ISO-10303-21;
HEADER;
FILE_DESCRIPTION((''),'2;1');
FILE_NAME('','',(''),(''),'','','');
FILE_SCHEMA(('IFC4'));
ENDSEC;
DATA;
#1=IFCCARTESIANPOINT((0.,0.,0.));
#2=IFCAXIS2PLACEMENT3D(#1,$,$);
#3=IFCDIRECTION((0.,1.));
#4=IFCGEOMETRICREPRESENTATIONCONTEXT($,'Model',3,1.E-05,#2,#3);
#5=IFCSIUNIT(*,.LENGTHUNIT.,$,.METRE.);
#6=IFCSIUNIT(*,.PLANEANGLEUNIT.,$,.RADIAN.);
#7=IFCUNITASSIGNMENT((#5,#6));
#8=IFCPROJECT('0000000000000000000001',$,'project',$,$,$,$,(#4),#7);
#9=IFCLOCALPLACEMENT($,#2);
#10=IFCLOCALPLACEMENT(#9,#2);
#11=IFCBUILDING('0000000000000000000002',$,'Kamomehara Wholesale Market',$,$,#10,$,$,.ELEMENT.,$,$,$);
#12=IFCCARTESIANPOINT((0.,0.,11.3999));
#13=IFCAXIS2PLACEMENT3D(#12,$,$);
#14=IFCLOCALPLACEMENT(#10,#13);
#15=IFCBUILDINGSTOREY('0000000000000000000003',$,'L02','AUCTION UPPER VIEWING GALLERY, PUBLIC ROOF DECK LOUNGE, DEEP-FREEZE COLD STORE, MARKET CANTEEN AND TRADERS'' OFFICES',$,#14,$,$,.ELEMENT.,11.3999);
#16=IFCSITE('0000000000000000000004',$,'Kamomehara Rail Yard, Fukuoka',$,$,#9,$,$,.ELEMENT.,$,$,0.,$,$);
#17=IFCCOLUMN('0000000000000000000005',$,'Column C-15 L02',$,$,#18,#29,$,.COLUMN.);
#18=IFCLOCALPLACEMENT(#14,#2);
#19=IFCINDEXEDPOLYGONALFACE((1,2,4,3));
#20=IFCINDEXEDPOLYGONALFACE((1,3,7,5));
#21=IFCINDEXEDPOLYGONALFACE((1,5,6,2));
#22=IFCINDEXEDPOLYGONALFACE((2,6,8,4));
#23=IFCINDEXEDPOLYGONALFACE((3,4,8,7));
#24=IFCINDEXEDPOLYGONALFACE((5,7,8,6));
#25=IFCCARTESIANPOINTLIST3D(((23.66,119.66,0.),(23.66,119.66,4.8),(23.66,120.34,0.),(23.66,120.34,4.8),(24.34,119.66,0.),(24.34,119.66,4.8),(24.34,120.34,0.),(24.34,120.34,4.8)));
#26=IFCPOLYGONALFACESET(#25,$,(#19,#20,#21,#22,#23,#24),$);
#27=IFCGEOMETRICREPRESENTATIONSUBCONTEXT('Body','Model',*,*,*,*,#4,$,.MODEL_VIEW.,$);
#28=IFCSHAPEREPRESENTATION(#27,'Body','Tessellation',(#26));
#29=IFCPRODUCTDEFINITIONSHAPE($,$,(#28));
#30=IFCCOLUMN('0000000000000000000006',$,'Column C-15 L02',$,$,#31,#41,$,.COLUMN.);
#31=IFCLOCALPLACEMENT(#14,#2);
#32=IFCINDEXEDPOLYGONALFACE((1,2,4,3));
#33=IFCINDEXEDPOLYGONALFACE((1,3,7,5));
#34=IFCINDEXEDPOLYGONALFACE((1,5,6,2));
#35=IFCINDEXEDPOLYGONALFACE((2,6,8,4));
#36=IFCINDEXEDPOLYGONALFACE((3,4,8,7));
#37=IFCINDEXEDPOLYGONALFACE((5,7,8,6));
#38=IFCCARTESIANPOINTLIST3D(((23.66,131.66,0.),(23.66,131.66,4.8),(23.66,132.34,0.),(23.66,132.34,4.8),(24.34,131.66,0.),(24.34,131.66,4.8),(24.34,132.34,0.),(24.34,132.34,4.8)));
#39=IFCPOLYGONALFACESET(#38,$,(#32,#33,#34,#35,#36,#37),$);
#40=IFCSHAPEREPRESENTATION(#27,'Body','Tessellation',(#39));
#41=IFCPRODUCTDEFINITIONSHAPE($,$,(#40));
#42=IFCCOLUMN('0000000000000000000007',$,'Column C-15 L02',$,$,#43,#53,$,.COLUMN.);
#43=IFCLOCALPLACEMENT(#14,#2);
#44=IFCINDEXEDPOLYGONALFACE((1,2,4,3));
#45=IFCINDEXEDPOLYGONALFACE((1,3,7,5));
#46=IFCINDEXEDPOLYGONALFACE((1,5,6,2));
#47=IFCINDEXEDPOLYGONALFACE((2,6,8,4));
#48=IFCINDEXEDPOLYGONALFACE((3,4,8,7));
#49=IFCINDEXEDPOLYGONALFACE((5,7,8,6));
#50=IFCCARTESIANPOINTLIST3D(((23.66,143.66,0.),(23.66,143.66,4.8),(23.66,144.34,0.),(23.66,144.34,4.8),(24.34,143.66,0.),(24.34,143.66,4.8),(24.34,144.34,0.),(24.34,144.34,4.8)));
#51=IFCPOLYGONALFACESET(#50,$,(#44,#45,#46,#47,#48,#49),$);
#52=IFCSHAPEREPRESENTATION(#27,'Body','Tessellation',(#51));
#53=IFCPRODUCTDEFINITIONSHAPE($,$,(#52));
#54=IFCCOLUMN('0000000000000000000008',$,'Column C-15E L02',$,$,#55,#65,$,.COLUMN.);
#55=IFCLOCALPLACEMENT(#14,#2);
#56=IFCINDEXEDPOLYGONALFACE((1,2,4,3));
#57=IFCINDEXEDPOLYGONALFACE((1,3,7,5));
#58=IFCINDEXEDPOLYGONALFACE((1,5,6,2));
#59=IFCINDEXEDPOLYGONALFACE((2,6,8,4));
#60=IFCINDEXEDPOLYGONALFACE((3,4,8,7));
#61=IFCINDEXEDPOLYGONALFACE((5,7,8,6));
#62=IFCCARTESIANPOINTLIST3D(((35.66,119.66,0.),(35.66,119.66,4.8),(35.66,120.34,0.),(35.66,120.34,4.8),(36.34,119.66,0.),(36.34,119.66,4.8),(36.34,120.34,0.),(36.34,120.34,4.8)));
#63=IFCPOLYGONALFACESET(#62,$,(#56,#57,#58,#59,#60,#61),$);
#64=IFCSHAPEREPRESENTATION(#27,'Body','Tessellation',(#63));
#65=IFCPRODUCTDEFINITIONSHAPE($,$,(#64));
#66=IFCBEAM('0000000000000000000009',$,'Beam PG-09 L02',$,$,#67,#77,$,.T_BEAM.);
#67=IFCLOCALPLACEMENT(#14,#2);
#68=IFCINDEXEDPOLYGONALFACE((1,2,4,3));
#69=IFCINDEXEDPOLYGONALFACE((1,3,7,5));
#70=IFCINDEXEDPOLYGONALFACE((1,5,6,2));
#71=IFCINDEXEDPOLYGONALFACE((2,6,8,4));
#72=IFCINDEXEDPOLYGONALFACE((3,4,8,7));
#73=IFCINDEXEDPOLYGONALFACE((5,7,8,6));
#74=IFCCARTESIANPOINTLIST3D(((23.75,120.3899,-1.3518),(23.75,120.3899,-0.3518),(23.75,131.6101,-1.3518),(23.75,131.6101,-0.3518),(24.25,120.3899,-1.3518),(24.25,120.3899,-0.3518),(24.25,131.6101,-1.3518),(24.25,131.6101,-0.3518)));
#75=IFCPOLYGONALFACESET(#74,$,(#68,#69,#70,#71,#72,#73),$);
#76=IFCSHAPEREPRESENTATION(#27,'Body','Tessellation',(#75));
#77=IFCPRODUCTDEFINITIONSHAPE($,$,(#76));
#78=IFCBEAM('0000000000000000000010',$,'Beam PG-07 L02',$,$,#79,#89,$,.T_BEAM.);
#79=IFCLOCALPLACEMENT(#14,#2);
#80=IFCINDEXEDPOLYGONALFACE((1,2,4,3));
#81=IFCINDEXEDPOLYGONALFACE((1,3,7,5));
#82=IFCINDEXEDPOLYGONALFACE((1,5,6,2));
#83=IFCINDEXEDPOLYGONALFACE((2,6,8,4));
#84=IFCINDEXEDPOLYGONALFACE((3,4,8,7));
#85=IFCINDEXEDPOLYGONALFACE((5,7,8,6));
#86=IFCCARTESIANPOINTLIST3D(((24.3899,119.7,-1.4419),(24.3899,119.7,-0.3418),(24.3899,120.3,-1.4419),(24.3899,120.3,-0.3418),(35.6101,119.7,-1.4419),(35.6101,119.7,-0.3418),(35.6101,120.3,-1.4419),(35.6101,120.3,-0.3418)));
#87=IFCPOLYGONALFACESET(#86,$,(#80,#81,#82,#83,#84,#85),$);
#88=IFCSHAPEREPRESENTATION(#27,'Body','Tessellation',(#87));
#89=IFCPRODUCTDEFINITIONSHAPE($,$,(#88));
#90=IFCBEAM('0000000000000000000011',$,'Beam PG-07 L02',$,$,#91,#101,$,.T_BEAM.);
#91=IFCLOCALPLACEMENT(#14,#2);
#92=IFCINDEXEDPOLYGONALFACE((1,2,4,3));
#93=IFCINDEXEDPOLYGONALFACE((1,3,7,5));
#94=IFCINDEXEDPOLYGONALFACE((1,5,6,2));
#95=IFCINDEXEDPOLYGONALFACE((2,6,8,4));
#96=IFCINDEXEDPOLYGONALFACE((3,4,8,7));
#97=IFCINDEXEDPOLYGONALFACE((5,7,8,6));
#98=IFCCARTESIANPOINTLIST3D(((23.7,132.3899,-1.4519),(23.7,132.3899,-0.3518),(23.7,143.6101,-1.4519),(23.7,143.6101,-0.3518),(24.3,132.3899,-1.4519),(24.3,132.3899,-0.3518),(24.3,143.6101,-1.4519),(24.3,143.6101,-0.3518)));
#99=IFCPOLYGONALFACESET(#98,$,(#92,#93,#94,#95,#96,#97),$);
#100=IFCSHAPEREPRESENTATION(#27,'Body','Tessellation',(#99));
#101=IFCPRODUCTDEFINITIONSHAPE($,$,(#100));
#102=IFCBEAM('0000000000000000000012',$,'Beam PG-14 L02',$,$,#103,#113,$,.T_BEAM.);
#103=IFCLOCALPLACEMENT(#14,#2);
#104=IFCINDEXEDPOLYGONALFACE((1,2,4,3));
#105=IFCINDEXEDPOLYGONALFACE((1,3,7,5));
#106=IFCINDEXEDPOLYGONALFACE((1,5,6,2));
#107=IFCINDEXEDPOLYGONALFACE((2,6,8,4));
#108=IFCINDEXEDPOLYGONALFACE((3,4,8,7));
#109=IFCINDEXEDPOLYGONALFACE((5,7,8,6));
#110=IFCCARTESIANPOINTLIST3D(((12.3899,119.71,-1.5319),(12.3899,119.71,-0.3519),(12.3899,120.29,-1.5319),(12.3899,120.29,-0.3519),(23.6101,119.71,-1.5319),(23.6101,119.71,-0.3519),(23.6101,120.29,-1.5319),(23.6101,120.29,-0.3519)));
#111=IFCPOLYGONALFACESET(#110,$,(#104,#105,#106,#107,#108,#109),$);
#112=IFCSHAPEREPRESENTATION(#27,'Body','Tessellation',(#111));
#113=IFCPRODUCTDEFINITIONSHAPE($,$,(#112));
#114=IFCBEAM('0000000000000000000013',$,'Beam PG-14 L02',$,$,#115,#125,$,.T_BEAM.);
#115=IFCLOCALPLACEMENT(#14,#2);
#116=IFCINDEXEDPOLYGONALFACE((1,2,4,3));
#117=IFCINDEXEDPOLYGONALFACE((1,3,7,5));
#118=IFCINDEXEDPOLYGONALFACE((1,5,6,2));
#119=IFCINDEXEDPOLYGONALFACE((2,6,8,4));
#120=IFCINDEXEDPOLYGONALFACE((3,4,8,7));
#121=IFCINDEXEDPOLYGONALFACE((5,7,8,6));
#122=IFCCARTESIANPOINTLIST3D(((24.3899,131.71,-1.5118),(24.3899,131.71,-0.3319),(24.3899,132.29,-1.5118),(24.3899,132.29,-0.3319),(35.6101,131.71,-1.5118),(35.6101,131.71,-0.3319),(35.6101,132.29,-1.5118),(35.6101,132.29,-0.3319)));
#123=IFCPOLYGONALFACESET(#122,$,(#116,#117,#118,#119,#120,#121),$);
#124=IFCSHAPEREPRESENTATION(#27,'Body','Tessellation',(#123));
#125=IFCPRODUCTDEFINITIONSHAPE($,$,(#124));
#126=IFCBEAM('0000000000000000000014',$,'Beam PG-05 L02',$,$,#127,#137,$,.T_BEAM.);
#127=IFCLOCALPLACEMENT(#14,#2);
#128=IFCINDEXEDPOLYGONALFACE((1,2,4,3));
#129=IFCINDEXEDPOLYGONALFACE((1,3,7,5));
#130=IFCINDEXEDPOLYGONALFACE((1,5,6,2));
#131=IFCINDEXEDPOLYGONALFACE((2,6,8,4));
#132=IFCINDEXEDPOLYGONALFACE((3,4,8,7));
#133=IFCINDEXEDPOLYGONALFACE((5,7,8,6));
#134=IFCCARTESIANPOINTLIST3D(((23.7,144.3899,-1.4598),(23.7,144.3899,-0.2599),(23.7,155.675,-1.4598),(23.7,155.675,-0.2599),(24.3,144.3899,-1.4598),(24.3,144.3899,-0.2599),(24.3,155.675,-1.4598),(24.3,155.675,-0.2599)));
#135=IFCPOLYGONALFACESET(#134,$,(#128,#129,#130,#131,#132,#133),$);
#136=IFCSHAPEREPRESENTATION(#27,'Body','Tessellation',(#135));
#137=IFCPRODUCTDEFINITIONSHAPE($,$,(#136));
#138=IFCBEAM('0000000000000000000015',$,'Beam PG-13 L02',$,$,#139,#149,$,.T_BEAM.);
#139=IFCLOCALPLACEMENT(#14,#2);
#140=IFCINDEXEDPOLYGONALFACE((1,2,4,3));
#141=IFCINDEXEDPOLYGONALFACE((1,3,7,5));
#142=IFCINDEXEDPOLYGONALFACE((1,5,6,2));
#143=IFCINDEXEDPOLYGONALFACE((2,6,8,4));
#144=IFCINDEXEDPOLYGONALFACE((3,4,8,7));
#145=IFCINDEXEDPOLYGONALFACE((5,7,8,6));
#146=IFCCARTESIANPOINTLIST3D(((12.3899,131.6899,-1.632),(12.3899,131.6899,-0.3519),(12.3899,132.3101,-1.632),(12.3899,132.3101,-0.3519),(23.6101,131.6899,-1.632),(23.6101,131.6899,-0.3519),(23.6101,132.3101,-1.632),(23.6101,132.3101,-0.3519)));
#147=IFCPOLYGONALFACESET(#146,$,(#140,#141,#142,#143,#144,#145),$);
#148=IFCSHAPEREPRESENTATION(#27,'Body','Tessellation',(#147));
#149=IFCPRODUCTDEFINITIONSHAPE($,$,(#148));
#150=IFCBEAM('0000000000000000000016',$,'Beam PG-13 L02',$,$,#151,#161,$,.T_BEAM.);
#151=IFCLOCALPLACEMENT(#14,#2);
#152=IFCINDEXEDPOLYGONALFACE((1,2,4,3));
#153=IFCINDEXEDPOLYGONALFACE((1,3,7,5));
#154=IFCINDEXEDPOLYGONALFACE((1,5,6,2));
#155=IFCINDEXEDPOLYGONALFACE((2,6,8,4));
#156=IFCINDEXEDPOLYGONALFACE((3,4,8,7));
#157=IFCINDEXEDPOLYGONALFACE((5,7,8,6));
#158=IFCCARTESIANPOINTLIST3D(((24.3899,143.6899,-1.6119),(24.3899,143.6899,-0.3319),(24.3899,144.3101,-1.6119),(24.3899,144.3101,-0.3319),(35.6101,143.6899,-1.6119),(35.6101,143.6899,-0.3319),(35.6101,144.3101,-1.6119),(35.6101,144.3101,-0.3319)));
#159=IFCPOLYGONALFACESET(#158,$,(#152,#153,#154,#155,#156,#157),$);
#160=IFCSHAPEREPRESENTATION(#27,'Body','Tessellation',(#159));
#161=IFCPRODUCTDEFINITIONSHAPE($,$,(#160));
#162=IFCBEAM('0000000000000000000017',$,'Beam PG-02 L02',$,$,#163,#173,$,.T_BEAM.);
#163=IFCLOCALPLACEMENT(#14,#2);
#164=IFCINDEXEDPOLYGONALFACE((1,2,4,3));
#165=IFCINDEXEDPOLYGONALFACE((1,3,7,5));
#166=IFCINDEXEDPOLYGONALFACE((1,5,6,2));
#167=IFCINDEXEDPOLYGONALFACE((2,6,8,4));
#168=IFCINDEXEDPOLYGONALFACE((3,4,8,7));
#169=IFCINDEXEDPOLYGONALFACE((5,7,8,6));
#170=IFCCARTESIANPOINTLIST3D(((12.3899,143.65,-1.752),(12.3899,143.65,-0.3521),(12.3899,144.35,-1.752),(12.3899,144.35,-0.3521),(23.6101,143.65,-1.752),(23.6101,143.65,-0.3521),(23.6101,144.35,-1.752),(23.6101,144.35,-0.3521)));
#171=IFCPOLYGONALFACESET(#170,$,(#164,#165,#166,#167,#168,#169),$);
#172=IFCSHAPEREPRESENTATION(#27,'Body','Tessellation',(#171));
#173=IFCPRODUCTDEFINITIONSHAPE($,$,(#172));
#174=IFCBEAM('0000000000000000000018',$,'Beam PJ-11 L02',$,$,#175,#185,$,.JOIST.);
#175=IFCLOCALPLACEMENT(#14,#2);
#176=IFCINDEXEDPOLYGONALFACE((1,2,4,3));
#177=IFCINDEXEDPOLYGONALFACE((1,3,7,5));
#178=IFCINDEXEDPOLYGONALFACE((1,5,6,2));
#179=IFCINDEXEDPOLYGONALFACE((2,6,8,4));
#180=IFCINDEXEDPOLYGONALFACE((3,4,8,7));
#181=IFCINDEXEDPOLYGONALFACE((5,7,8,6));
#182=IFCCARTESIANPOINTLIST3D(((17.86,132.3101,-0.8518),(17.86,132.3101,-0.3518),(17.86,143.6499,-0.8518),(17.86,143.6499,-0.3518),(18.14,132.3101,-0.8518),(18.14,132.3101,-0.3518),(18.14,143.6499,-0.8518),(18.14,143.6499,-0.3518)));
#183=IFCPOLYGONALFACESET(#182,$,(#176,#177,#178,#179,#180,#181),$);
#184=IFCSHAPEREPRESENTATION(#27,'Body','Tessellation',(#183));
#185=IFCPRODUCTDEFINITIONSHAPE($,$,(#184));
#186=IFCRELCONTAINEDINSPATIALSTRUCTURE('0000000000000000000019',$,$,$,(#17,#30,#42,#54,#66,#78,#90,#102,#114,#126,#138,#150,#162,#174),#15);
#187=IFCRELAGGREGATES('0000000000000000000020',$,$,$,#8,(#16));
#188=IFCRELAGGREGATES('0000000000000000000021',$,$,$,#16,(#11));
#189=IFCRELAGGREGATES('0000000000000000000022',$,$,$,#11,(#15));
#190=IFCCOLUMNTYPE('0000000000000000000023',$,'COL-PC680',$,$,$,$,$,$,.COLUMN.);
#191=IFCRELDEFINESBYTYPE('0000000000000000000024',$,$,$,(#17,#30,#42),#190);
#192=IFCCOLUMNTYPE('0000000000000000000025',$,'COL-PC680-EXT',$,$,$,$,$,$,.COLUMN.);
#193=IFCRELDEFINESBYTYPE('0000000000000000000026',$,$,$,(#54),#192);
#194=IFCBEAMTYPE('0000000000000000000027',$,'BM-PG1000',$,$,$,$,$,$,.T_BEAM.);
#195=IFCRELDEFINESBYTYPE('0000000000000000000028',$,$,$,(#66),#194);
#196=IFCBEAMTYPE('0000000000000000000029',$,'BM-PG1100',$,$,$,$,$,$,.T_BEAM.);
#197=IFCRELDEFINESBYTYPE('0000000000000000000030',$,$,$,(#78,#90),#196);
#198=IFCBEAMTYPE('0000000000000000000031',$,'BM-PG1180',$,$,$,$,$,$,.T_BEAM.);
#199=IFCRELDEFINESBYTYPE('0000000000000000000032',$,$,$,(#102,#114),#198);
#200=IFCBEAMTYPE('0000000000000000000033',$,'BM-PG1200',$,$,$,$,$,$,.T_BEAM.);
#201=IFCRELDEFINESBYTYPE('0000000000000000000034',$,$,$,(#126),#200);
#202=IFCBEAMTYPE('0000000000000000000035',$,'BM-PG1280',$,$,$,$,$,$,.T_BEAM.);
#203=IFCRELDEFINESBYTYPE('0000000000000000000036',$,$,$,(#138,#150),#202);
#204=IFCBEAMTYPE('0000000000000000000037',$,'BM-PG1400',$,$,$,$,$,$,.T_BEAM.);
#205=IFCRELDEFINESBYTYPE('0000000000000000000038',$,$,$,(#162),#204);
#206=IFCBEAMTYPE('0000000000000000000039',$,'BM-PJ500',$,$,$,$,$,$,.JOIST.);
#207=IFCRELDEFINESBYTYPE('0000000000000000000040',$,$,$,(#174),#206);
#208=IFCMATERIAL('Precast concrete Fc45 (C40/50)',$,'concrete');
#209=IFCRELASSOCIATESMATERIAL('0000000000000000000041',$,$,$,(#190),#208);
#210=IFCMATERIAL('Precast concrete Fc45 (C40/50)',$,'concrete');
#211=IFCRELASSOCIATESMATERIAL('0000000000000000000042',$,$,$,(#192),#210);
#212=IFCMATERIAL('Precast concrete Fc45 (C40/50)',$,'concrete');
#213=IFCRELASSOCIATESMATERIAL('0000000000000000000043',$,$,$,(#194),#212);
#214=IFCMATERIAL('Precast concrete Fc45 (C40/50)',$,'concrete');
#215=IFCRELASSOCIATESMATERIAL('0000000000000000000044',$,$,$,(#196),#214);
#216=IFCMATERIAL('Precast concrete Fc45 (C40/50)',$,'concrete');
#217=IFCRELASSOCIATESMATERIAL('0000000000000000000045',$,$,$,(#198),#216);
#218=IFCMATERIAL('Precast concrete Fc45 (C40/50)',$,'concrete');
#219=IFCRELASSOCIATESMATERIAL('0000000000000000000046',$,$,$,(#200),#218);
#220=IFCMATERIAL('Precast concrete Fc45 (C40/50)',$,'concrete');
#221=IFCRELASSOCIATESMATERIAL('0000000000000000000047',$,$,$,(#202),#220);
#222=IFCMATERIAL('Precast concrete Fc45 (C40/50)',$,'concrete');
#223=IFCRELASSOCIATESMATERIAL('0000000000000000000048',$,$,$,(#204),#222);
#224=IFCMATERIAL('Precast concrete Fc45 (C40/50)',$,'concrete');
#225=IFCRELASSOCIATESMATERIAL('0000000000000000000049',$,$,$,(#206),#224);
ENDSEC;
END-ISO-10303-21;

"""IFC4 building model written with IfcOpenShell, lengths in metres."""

from ifc_helpers import new_model, si_unit, direction, frame, origin, origin_2d, place, context, subcontext, project, spatial, rectangle, extrude, material, material_profile, profile_set, type_object, element, save


model = new_model("IFC4")

# Units and contexts
model_context = context("Model", 3, precision=1e-05, world=origin(), true_north=direction((0.0, 1.0)))
body_context = subcontext(model_context, "Body", "Model", "MODEL_VIEW")
ifc_project = project(units=[si_unit("LENGTHUNIT", "METRE"), si_unit("PLANEANGLEUNIT", "RADIAN")], contexts=[model_context])

# Site, building, storey
site_placement = place(None, origin())
site = spatial("IfcSite", under=ifc_project, at=site_placement, Name="Kamomehara Rail Yard, Fukuoka", CompositionType="ELEMENT", RefElevation=0.0)
building_placement = place(site_placement, origin())
building = spatial("IfcBuilding", under=site, at=building_placement, Name="Kamomehara Wholesale Market", CompositionType="ELEMENT")
storey_placement = place(building_placement, frame((0.0, 0.0, 11.3999)))
storey = spatial("IfcBuildingStorey", under=building, at=storey_placement, Name="L02", Description="AUCTION UPPER VIEWING GALLERY, PUBLIC ROOF DECK LOUNGE, DEEP-FREEZE COLD STORE, MARKET CANTEEN AND TRADERS' OFFICES", CompositionType="ELEMENT", Elevation=11.3999)

# Columns
ifc_material_1 = material(Name="Precast concrete Fc45 (C40/50)", Category="concrete")
ifc_material_profile_1 = material_profile(ifc_material_1, rectangle(XDim=0.6799, YDim=0.6799, at=origin_2d()), Name="PC-COL-680x680")
ifc_profile_set_1 = profile_set([ifc_material_profile_1], Name="Precast concrete Fc45 (C40/50)")
column_type_1 = type_object("IfcColumnType", Name="COL-PC680", PredefinedType="COLUMN", material=ifc_profile_set_1)
for number, where, z_axis, x_axis, name in (
    (1, (24.0, 120.0, 0.0), (0.0, 0.0, 1.0), (1.0, 0.0, 0.0), "Column C-15 L02"),
    (2, (24.0, 132.0, 0.0), (0.0, 0.0, 1.0), (1.0, 0.0, 0.0), "Column C-15 L02"),
    (3, (24.0, 144.0, 0.0), (0.0, 0.0, 1.0), (1.0, 0.0, 0.0), "Column C-15 L02"),
):
    element("IfcColumn", number, at=place(storey_placement, frame(where, z_axis=z_axis, x_axis=x_axis)), inside=storey, type_object=column_type_1, Name=name, PredefinedType="COLUMN", context=body_context, shape_type="SweptSolid", body=[
        extrude(rectangle(XDim=0.6799, YDim=0.6799, at=origin_2d()), origin(), (0.0, 0.0, 1.0), 4.8),
    ])
ifc_material_2 = material(Name="Precast concrete Fc45 (C40/50)", Category="concrete")
ifc_material_profile_2 = material_profile(ifc_material_2, rectangle(XDim=0.6799, YDim=0.6799, at=origin_2d()), Name="PC-COL-680x680")
ifc_profile_set_2 = profile_set([ifc_material_profile_2], Name="Precast concrete Fc45 (C40/50)")
column_type_2 = type_object("IfcColumnType", Name="COL-PC680-EXT", PredefinedType="COLUMN", material=ifc_profile_set_2)
column_placement = place(storey_placement, frame((36.0, 120.0, 0.0), z_axis=(0.0, 0.0, 1.0), x_axis=(1.0, 0.0, 0.0)))
element("IfcColumn", 4, at=column_placement, inside=storey, type_object=column_type_2, Name="Column C-15E L02", PredefinedType="COLUMN", context=body_context, shape_type="SweptSolid", body=[
    extrude(rectangle(XDim=0.6799, YDim=0.6799, at=origin_2d()), origin(), (0.0, 0.0, 1.0), 4.8),
])

# Beams
ifc_material_3 = material(Name="Precast concrete Fc45 (C40/50)", Category="concrete")
ifc_material_profile_3 = material_profile(ifc_material_3, rectangle(XDim=0.5, YDim=1.0, at=origin_2d()), Name="PC-GRD-500x1000")
ifc_profile_set_3 = profile_set([ifc_material_profile_3], Name="Precast concrete Fc45 (C40/50)")
beam_type_1 = type_object("IfcBeamType", Name="BM-PG1000", PredefinedType="T_BEAM", material=ifc_profile_set_3)
beam_1_placement = place(storey_placement, frame((24.0, 120.3899, -0.8518), z_axis=(0.0, 1.0, 0.0), x_axis=(-1.0, 0.0, 0.0)))
element("IfcBeam", 5, at=beam_1_placement, inside=storey, type_object=beam_type_1, Name="Beam PG-09 L02", PredefinedType="T_BEAM", context=body_context, shape_type="SweptSolid", body=[
    extrude(rectangle(XDim=0.5, YDim=1.0, at=origin_2d()), origin(), (0.0, 0.0, 1.0), 11.2202),
])
ifc_material_4 = material(Name="Precast concrete Fc45 (C40/50)", Category="concrete")
ifc_material_profile_4 = material_profile(ifc_material_4, rectangle(XDim=0.6001, YDim=1.1001, at=origin_2d()), Name="PC-GRD-600x1100")
ifc_profile_set_4 = profile_set([ifc_material_profile_4], Name="Precast concrete Fc45 (C40/50)")
beam_type_2 = type_object("IfcBeamType", Name="BM-PG1100", PredefinedType="T_BEAM", material=ifc_profile_set_4)
for number, where, z_axis, x_axis, name in (
    (6, (24.3899, 120.0, -0.8918), (1.0, 0.0, 0.0), (0.0, 1.0, 0.0), "Beam PG-07 L02"),
    (7, (24.0, 132.3899, -0.9019), (0.0, 1.0, 0.0), (-1.0, 0.0, 0.0), "Beam PG-07 L02"),
):
    element("IfcBeam", number, at=place(storey_placement, frame(where, z_axis=z_axis, x_axis=x_axis)), inside=storey, type_object=beam_type_2, Name=name, PredefinedType="T_BEAM", context=body_context, shape_type="SweptSolid", body=[
        extrude(rectangle(XDim=0.6001, YDim=1.1001, at=origin_2d()), origin(), (0.0, 0.0, 1.0), 11.2202),
    ])
ifc_material_5 = material(Name="Precast concrete Fc45 (C40/50)", Category="concrete")
ifc_material_profile_5 = material_profile(ifc_material_5, rectangle(XDim=0.5801, YDim=1.1799, at=origin_2d()), Name="PC-GRD-580x1180")
ifc_profile_set_5 = profile_set([ifc_material_profile_5], Name="Precast concrete Fc45 (C40/50)")
beam_type_3 = type_object("IfcBeamType", Name="BM-PG1180", PredefinedType="T_BEAM", material=ifc_profile_set_5)
for number, where, z_axis, x_axis, name in (
    (8, (12.3899, 120.0, -0.9419), (1.0, 0.0, 0.0), (0.0, 1.0, 0.0), "Beam PG-14 L02"),
    (9, (24.3899, 132.0, -0.9219), (1.0, 0.0, 0.0), (0.0, 1.0, 0.0), "Beam PG-14 L02"),
):
    element("IfcBeam", number, at=place(storey_placement, frame(where, z_axis=z_axis, x_axis=x_axis)), inside=storey, type_object=beam_type_3, Name=name, PredefinedType="T_BEAM", context=body_context, shape_type="SweptSolid", body=[
        extrude(rectangle(XDim=0.5801, YDim=1.1799, at=origin_2d()), origin(), (0.0, 0.0, 1.0), 11.2202),
    ])
ifc_material_6 = material(Name="Precast concrete Fc45 (C40/50)", Category="concrete")
ifc_material_profile_6 = material_profile(ifc_material_6, rectangle(XDim=0.6001, YDim=1.2, at=origin_2d()), Name="PC-GRD-600x1200")
ifc_profile_set_6 = profile_set([ifc_material_profile_6], Name="Precast concrete Fc45 (C40/50)")
beam_type_4 = type_object("IfcBeamType", Name="BM-PG1200", PredefinedType="T_BEAM", material=ifc_profile_set_6)
beam_2_placement = place(storey_placement, frame((24.0, 144.3899, -0.8599), z_axis=(0.0, 1.0, 0.0), x_axis=(-1.0, 0.0, 0.0)))
element("IfcBeam", 10, at=beam_2_placement, inside=storey, type_object=beam_type_4, Name="Beam PG-05 L02", PredefinedType="T_BEAM", context=body_context, shape_type="SweptSolid", body=[
    extrude(rectangle(XDim=0.6001, YDim=1.2, at=origin_2d()), origin(), (0.0, 0.0, 1.0), 11.2852),
])
ifc_material_7 = material(Name="Precast concrete Fc45 (C40/50)", Category="concrete")
ifc_material_profile_7 = material_profile(ifc_material_7, rectangle(XDim=0.6201, YDim=1.28, at=origin_2d()), Name="PC-GRD-620x1280")
ifc_profile_set_7 = profile_set([ifc_material_profile_7], Name="Precast concrete Fc45 (C40/50)")
beam_type_5 = type_object("IfcBeamType", Name="BM-PG1280", PredefinedType="T_BEAM", material=ifc_profile_set_7)
for number, where, z_axis, x_axis, name in (
    (11, (12.3899, 132.0, -0.9919), (1.0, 0.0, 0.0), (0.0, 1.0, 0.0), "Beam PG-13 L02"),
    (12, (24.3899, 144.0, -0.9719), (1.0, 0.0, 0.0), (0.0, 1.0, 0.0), "Beam PG-13 L02"),
):
    element("IfcBeam", number, at=place(storey_placement, frame(where, z_axis=z_axis, x_axis=x_axis)), inside=storey, type_object=beam_type_5, Name=name, PredefinedType="T_BEAM", context=body_context, shape_type="SweptSolid", body=[
        extrude(rectangle(XDim=0.6201, YDim=1.28, at=origin_2d()), origin(), (0.0, 0.0, 1.0), 11.2202),
    ])
ifc_material_8 = material(Name="Precast concrete Fc45 (C40/50)", Category="concrete")
ifc_material_profile_8 = material_profile(ifc_material_8, rectangle(XDim=0.7, YDim=1.3999, at=origin_2d()), Name="PC-GRD-700x1400")
ifc_profile_set_8 = profile_set([ifc_material_profile_8], Name="Precast concrete Fc45 (C40/50)")
beam_type_6 = type_object("IfcBeamType", Name="BM-PG1400", PredefinedType="T_BEAM", material=ifc_profile_set_8)
beam_3_placement = place(storey_placement, frame((12.3899, 144.0, -1.052), z_axis=(1.0, 0.0, 0.0), x_axis=(0.0, 1.0, 0.0)))
element("IfcBeam", 13, at=beam_3_placement, inside=storey, type_object=beam_type_6, Name="Beam PG-02 L02", PredefinedType="T_BEAM", context=body_context, shape_type="SweptSolid", body=[
    extrude(rectangle(XDim=0.7, YDim=1.3999, at=origin_2d()), origin(), (0.0, 0.0, 1.0), 11.2202),
])
ifc_material_9 = material(Name="Precast concrete Fc45 (C40/50)", Category="concrete")
ifc_material_profile_9 = material_profile(ifc_material_9, rectangle(XDim=0.28, YDim=0.5, at=origin_2d()), Name="PC-JST-280x500")
ifc_profile_set_9 = profile_set([ifc_material_profile_9], Name="Precast concrete Fc45 (C40/50)")
beam_type_7 = type_object("IfcBeamType", Name="BM-PJ500", PredefinedType="JOIST", material=ifc_profile_set_9)
beam_4_placement = place(storey_placement, frame((18.0, 132.3101, -0.6018), z_axis=(0.0, 1.0, 0.0), x_axis=(-1.0, 0.0, 0.0)))
element("IfcBeam", 14, at=beam_4_placement, inside=storey, type_object=beam_type_7, Name="Beam PJ-11 L02", PredefinedType="JOIST", context=body_context, shape_type="SweptSolid", body=[
    extrude(rectangle(XDim=0.28, YDim=0.5, at=origin_2d()), origin(), (0.0, 0.0, 1.0), 11.3398),
])

save(model, "model.ifc")
